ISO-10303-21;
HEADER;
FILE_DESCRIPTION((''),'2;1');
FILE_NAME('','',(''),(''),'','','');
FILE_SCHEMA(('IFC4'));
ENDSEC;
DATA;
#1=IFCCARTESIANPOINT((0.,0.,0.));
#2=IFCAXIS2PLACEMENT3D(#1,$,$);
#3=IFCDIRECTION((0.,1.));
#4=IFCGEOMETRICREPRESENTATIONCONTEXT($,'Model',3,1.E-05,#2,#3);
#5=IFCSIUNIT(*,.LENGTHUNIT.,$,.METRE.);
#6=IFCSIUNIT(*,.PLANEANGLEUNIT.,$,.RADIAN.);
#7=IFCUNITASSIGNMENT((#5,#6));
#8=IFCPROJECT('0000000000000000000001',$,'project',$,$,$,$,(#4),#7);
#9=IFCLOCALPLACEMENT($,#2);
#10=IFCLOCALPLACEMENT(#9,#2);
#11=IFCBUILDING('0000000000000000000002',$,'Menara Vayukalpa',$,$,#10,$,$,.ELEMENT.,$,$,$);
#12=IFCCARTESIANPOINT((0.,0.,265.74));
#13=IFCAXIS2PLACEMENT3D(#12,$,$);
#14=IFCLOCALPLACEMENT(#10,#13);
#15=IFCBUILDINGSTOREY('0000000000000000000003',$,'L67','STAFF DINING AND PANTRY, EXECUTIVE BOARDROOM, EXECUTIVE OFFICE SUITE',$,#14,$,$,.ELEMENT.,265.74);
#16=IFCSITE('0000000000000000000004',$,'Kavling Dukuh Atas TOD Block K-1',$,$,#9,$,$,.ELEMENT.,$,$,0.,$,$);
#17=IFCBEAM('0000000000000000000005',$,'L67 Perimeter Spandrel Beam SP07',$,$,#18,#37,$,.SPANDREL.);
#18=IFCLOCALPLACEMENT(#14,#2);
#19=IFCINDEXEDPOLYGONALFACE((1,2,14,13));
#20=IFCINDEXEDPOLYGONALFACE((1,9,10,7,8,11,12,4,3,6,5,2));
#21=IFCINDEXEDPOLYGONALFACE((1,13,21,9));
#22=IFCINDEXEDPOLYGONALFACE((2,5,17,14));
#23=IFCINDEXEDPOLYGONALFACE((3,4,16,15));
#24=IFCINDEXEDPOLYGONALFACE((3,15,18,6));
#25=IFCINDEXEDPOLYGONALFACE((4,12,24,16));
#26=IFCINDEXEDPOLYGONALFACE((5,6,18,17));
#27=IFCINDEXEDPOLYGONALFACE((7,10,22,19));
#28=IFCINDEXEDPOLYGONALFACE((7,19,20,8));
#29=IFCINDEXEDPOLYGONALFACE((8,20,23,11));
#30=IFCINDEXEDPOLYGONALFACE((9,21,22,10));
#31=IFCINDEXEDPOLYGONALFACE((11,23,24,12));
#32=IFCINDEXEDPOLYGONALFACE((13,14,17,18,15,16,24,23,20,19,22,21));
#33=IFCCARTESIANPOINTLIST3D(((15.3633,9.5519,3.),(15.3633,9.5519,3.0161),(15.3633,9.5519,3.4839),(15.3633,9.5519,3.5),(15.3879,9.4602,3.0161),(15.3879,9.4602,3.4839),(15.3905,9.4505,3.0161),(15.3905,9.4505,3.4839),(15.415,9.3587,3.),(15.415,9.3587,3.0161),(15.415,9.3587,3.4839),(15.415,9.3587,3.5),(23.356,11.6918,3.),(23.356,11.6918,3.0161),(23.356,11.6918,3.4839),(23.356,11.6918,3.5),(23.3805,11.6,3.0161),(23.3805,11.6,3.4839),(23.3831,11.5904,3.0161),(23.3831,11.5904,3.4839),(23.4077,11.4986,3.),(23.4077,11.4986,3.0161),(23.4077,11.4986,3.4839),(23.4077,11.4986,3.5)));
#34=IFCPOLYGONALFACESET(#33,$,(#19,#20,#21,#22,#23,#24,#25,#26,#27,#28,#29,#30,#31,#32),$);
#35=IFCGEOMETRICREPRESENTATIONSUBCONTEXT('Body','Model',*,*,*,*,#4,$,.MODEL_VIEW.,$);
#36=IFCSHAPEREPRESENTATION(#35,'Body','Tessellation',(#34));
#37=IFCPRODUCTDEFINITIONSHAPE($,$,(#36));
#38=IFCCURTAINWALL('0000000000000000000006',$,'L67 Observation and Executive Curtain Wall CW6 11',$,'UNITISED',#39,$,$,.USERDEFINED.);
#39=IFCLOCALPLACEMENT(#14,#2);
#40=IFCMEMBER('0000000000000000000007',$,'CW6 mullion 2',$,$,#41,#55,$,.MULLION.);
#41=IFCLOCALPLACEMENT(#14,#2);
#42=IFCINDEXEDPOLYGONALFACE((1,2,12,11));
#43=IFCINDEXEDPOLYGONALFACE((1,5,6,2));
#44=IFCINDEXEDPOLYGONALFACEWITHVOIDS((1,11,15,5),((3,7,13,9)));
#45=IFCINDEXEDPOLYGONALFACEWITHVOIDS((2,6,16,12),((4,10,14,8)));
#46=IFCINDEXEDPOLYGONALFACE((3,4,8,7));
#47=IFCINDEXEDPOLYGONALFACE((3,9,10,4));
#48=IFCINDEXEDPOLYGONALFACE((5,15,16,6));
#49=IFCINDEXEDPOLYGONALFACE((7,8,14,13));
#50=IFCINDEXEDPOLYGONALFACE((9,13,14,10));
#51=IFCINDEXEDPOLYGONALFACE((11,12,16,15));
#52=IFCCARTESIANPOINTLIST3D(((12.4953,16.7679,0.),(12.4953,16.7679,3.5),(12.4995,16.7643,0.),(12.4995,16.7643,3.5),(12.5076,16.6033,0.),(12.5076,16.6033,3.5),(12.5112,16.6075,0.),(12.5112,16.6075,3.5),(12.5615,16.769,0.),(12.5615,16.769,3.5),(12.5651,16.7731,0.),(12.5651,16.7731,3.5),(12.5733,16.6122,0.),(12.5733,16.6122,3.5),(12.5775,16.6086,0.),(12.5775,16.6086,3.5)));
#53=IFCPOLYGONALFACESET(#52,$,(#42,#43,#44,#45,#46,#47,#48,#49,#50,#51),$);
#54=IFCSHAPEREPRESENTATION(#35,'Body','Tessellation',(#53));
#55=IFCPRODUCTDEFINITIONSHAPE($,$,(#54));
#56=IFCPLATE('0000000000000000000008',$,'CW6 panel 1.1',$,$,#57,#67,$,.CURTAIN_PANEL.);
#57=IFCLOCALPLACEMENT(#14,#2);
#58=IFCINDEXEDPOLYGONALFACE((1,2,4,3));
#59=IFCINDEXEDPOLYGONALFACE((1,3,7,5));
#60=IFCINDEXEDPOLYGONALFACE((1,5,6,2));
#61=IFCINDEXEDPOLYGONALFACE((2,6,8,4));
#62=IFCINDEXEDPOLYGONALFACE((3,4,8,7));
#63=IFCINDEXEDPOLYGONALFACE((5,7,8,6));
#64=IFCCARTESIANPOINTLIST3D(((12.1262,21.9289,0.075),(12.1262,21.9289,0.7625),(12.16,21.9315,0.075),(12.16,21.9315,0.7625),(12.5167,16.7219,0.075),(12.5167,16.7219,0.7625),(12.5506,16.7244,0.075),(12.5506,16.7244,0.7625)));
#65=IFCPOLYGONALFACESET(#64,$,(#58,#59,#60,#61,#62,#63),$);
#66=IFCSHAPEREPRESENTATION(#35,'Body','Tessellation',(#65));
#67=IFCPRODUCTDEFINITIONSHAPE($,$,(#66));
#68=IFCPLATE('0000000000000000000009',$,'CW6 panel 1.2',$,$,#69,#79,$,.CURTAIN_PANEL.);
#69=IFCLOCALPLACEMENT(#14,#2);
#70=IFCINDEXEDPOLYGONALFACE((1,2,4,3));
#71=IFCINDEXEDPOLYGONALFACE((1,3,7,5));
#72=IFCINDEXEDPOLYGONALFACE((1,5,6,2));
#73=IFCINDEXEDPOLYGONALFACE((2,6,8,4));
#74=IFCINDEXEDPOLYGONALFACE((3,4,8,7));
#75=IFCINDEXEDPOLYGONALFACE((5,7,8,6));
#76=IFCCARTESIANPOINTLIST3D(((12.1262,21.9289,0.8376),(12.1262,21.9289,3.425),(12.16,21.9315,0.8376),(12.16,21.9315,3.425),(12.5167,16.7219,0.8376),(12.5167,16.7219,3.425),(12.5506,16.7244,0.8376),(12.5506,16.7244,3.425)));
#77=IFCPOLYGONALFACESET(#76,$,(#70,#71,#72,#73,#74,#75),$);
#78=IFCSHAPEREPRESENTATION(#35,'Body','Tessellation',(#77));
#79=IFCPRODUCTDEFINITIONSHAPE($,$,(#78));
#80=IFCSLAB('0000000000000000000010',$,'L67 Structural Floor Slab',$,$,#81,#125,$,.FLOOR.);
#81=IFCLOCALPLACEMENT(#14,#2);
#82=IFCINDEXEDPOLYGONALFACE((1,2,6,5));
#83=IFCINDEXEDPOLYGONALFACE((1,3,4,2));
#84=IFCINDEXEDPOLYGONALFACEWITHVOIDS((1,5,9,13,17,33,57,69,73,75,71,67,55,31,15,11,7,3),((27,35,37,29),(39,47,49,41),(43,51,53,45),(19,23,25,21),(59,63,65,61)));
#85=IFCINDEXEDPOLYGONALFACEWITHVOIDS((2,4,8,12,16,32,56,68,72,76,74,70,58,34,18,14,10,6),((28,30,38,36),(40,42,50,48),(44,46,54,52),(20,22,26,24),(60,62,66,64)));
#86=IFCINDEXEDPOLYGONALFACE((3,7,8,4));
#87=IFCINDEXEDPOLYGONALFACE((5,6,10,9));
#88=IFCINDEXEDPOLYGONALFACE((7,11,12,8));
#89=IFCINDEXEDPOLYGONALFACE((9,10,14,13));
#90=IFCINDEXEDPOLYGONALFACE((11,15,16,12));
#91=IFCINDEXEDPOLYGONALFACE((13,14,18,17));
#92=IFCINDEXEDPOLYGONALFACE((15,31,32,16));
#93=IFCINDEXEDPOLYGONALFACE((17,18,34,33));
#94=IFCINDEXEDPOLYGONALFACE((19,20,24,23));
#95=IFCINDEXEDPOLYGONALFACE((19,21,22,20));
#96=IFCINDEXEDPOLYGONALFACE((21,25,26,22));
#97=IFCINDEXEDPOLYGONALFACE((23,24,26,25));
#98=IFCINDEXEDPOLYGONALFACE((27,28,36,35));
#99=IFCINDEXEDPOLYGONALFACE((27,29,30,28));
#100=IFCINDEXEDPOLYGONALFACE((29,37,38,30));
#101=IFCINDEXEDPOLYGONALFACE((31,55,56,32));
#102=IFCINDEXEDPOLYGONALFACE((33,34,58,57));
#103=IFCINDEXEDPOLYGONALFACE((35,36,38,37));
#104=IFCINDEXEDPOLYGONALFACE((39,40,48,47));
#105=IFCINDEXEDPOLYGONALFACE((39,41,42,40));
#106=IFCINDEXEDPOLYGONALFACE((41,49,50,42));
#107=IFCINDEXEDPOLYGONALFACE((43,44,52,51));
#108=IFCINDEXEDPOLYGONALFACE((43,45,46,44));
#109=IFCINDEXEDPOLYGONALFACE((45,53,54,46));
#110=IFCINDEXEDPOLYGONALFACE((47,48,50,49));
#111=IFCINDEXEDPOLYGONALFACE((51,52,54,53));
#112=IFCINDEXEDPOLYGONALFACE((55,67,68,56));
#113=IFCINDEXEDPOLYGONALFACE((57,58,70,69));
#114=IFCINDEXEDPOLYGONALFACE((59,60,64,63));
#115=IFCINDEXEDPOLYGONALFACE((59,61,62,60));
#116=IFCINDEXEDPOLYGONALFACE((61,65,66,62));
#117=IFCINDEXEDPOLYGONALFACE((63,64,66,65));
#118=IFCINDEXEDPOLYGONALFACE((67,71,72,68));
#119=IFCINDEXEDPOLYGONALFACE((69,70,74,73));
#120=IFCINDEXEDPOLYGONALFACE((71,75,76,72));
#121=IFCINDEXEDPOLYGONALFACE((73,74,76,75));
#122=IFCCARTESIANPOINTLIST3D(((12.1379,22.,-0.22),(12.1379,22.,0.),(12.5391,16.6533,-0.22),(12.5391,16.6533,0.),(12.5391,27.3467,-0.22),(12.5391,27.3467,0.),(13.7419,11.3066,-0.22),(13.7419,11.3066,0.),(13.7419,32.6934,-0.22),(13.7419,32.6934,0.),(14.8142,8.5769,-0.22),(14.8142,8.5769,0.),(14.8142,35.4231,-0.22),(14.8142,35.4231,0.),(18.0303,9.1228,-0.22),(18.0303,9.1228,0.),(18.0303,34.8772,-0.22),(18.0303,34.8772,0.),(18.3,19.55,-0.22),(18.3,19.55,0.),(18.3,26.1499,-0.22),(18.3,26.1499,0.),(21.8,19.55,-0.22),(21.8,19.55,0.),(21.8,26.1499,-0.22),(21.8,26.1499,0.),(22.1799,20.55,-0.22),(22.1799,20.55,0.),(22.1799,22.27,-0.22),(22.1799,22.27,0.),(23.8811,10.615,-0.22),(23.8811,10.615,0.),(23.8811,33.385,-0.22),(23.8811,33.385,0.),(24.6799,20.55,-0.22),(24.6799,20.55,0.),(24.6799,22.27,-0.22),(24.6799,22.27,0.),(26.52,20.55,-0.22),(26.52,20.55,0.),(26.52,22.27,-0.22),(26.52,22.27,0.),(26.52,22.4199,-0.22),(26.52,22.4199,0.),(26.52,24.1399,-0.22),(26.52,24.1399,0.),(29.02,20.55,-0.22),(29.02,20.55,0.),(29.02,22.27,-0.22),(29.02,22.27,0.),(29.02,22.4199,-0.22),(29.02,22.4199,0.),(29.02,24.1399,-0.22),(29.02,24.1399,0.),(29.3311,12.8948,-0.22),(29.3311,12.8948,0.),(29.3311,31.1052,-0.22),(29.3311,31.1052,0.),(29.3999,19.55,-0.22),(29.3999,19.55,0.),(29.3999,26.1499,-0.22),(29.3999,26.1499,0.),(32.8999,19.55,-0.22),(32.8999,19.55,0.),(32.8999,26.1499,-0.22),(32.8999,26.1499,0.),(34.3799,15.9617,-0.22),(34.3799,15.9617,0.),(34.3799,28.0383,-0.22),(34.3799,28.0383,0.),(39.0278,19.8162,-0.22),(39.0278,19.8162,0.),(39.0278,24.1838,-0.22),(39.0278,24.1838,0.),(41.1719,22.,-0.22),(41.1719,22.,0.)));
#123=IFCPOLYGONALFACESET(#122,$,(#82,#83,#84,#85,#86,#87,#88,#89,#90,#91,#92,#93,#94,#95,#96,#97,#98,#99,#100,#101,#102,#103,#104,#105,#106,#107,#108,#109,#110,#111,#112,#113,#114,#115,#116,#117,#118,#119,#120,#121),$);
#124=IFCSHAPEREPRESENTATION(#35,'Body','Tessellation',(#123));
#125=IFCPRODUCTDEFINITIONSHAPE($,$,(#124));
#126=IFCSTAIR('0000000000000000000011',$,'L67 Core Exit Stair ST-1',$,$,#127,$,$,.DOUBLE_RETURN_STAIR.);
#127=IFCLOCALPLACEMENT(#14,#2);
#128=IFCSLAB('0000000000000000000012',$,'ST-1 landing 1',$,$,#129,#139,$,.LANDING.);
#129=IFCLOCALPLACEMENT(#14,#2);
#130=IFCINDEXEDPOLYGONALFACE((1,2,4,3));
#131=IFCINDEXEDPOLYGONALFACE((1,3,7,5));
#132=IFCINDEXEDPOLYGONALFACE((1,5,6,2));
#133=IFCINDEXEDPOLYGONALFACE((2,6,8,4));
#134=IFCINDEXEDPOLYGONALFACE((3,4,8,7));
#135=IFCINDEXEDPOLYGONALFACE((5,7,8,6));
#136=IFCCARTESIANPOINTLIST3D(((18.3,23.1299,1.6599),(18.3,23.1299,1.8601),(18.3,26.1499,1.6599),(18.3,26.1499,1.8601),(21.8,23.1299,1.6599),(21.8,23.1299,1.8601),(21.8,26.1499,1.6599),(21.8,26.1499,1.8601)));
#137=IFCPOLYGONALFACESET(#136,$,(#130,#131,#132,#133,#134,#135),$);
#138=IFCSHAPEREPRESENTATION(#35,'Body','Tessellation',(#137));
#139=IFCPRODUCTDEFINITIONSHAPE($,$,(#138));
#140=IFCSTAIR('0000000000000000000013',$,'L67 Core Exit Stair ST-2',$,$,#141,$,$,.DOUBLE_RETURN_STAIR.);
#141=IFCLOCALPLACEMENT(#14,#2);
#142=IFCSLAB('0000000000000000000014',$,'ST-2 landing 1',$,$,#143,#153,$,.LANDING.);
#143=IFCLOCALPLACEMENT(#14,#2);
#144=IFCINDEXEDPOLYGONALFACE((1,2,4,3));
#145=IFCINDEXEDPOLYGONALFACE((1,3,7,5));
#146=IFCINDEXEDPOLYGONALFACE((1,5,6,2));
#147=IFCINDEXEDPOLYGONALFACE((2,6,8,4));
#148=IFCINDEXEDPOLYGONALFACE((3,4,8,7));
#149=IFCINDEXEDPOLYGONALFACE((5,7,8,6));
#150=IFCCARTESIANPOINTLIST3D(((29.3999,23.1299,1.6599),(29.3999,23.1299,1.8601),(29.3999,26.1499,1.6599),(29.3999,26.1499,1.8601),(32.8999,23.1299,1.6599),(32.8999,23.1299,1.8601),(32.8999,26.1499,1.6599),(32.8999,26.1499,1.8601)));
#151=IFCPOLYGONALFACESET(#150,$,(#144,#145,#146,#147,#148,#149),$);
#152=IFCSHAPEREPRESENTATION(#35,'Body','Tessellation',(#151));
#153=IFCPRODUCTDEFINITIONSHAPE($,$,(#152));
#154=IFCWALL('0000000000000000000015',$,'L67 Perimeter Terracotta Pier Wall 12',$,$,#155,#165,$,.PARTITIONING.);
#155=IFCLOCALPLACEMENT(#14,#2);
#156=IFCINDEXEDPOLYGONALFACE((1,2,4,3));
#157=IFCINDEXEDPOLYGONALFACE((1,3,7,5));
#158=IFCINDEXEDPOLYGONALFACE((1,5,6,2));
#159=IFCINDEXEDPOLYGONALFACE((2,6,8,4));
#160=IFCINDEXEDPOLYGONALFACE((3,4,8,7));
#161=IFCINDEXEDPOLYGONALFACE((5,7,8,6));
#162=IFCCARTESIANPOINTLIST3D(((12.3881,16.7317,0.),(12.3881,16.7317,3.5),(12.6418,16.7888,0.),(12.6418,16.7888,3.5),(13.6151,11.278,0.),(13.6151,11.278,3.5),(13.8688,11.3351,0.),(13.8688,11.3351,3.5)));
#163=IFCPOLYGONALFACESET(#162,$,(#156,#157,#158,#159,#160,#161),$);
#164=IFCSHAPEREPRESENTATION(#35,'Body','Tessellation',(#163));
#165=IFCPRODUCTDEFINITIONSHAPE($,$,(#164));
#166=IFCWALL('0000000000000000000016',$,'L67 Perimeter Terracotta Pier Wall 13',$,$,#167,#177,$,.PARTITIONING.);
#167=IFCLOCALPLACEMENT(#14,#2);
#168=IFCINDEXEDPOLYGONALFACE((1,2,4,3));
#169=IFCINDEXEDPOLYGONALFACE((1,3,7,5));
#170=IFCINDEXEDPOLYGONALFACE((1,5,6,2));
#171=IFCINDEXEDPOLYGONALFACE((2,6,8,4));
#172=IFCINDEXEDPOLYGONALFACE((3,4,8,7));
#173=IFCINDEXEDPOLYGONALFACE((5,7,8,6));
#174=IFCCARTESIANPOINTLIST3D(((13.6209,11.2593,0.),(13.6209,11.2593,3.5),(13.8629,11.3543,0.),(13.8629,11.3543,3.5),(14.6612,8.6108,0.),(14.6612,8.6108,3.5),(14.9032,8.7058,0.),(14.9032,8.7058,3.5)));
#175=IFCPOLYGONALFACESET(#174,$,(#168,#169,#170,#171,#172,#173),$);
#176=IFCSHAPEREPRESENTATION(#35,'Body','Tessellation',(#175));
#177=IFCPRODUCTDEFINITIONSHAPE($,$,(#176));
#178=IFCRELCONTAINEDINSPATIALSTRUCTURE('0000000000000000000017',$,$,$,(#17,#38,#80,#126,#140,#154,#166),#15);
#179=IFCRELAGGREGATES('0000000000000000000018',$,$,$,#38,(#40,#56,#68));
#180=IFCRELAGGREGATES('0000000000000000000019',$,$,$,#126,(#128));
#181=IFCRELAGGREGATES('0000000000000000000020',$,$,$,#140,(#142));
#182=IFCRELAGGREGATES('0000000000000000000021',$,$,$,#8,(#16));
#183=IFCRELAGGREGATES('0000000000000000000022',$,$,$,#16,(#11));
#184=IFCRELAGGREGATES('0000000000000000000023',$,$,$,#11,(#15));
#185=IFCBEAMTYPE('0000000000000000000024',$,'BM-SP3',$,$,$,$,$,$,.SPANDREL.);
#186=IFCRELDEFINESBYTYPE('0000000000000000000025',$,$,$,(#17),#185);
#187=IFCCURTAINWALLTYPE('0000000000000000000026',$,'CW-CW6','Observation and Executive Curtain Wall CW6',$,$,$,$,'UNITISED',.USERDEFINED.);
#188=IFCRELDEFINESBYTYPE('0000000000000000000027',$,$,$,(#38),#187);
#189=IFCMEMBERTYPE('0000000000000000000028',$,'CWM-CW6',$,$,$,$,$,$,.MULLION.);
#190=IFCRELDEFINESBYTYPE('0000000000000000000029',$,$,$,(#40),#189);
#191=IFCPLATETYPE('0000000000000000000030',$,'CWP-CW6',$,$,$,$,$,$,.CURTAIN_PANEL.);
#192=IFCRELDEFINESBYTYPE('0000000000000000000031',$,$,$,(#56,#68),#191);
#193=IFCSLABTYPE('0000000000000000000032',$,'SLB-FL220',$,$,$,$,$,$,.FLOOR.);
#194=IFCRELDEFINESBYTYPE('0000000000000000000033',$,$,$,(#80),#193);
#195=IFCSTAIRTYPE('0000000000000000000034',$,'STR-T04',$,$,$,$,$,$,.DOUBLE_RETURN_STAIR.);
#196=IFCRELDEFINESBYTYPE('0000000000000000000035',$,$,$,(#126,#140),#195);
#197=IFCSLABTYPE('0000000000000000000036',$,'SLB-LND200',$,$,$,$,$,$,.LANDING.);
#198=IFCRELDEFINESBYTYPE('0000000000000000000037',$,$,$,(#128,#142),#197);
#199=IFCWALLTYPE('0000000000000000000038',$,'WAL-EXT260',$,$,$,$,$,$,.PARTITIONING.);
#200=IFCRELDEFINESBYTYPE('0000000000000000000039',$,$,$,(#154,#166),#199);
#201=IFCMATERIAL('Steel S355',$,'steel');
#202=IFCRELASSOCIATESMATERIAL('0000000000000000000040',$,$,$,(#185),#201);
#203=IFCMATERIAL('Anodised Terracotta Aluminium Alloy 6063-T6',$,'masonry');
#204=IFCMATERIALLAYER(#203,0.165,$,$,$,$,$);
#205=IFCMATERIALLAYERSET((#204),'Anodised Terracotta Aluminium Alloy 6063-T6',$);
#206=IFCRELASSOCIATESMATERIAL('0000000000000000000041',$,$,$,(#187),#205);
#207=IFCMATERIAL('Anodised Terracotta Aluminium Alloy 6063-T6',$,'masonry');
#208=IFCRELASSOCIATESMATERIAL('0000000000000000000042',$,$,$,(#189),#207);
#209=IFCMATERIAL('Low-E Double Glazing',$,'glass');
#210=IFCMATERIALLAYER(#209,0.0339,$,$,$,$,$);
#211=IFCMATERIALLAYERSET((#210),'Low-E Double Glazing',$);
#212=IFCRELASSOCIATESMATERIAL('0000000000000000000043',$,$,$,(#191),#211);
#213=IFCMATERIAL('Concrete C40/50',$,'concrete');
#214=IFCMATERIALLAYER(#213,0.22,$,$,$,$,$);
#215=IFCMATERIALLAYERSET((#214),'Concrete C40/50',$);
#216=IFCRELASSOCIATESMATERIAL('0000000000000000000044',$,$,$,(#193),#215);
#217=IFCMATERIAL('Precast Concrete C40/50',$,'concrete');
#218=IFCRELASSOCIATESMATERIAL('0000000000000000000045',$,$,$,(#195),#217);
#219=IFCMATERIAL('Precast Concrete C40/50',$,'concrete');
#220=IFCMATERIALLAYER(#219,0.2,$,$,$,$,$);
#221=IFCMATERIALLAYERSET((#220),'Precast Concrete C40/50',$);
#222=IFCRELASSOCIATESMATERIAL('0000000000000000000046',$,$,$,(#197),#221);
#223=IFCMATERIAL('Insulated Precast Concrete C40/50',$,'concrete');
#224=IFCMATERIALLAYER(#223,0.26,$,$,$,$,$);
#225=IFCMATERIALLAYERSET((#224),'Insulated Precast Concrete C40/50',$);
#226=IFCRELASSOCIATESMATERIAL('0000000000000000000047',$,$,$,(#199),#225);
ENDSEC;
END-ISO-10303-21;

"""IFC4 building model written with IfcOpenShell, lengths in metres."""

from ifc_helpers import new_model, si_unit, direction, frame, frame_2d, origin, origin_2d, place, context, subcontext, project, spatial, polyline, rectangle, hollow_rectangle, i_section, outline, extrude, material, layer, layer_set, material_profile, profile_set, type_object, element, aggregate, save


model = new_model("IFC4")

# Units and contexts
model_context = context("Model", 3, precision=1e-05, world=origin(), true_north=direction((0.0, 1.0)))
body_context = subcontext(model_context, "Body", "Model", "MODEL_VIEW")
ifc_project = project(units=[si_unit("LENGTHUNIT", "METRE"), si_unit("PLANEANGLEUNIT", "RADIAN")], contexts=[model_context])

# Site, building, storey
site_placement = place(None, origin())
site = spatial("IfcSite", under=ifc_project, at=site_placement, Name="Kavling Dukuh Atas TOD Block K-1", CompositionType="ELEMENT", RefElevation=0.0)
building_placement = place(site_placement, origin())
building = spatial("IfcBuilding", under=site, at=building_placement, Name="Menara Vayukalpa", CompositionType="ELEMENT")
storey_placement = place(building_placement, frame((0.0, 0.0, 265.74)))
storey = spatial("IfcBuildingStorey", under=building, at=storey_placement, Name="L67", Description="STAFF DINING AND PANTRY, EXECUTIVE BOARDROOM, EXECUTIVE OFFICE SUITE", CompositionType="ELEMENT", Elevation=265.74)

# Beam
ifc_material_1 = material(Name="Steel S355", Category="steel")
ifc_material_profile_1 = material_profile(ifc_material_1, i_section(OverallWidth=0.2, OverallDepth=0.5, WebThickness=0.01, FlangeThickness=0.0161, at=origin_2d()), Name="WF 500x200x10x16")
ifc_profile_set_1 = profile_set([ifc_material_profile_1], Name="Steel S355")
beam_type_1 = type_object("IfcBeamType", Name="BM-SP3", PredefinedType="SPANDREL", material=ifc_profile_set_1)
beam_1_placement = place(storey_placement, frame((15.3892, 9.4553, 3.25), z_axis=(0.965978, 0.258623, 0.0), x_axis=(-0.258623, 0.965978, 0.0)))
element("IfcBeam", 1, at=beam_1_placement, inside=storey, type_object=beam_type_1, Name="L67 Perimeter Spandrel Beam SP07", PredefinedType="SPANDREL", context=body_context, shape_type="SweptSolid", body=[
    extrude(i_section(OverallWidth=0.2, OverallDepth=0.5, WebThickness=0.01, FlangeThickness=0.0161, at=origin_2d()), origin(), (0.0, 0.0, 1.0), 8.2742),
])

# Curtain wall, member, plates
ifc_material_2 = material(Name="Anodised Terracotta Aluminium Alloy 6063-T6", Category="masonry")
ifc_layer_1 = layer(ifc_material_2, 0.165)
ifc_layer_set_1 = layer_set([ifc_layer_1], Name="Anodised Terracotta Aluminium Alloy 6063-T6")
curtain_wall_type = type_object("IfcCurtainWallType", Name="CW-CW6", Description="Observation and Executive Curtain Wall CW6", ElementType="UNITISED", PredefinedType="USERDEFINED", material=ifc_layer_set_1)
curtain_wall_placement = place(storey_placement, origin())
curtain_wall = element("IfcCurtainWall", 2, at=curtain_wall_placement, inside=storey, type_object=curtain_wall_type, Name="L67 Observation and Executive Curtain Wall CW6 11", ObjectType="UNITISED", PredefinedType="USERDEFINED")
ifc_material_3 = material(Name="Anodised Terracotta Aluminium Alloy 6063-T6", Category="masonry")
ifc_material_profile_2 = material_profile(ifc_material_3, hollow_rectangle(XDim=0.0701, YDim=0.165, WallThickness=0.0039, at=origin_2d()), Name="ALU 70x165x4")
ifc_profile_set_2 = profile_set([ifc_material_profile_2], Name="Anodised Terracotta Aluminium Alloy 6063-T6")
member_type = type_object("IfcMemberType", Name="CWM-CW6", PredefinedType="MULLION", material=ifc_profile_set_2)
member_placement = place(storey_placement, frame((12.5364, 16.6882, 0.0), z_axis=(0.0, 0.0, 1.0), x_axis=(0.997199, 0.074789, 0.0)))
member = element("IfcMember", 3, at=member_placement, type_object=member_type, Name="CW6 mullion 2", PredefinedType="MULLION", context=body_context, shape_type="SweptSolid", body=[
    extrude(hollow_rectangle(XDim=0.0701, YDim=0.165, WallThickness=0.0039, at=origin_2d()), origin(), (0.0, 0.0, 1.0), 3.5),
])
ifc_material_4 = material(Name="Low-E Double Glazing", Category="glass")
ifc_layer_2 = layer(ifc_material_4, 0.0339)
ifc_layer_set_2 = layer_set([ifc_layer_2], Name="Low-E Double Glazing")
plate_type = type_object("IfcPlateType", Name="CWP-CW6", PredefinedType="CURTAIN_PANEL", material=ifc_layer_set_2)
plate_1_placement = place(storey_placement, frame((12.3384, 19.3267, 0.075), z_axis=(0.0, 0.0, 1.0), x_axis=(0.074789, -0.997199, 0.0)))
plate_1 = element("IfcPlate", 4, at=plate_1_placement, type_object=plate_type, Name="CW6 panel 1.1", PredefinedType="CURTAIN_PANEL", context=body_context, shape_type="SweptSolid", body=[
    extrude(rectangle(XDim=5.2217, YDim=0.0339, at=origin_2d()), origin(), (0.0, 0.0, 1.0), 0.6875),
])
plate_2_placement = place(storey_placement, frame((12.3384, 19.3267, 0.8376), z_axis=(0.0, 0.0, 1.0), x_axis=(0.074789, -0.997199, 0.0)))
plate_2 = element("IfcPlate", 5, at=plate_2_placement, type_object=plate_type, Name="CW6 panel 1.2", PredefinedType="CURTAIN_PANEL", context=body_context, shape_type="SweptSolid", body=[
    extrude(rectangle(XDim=5.2217, YDim=0.0339, at=origin_2d()), origin(), (0.0, 0.0, 1.0), 2.5874),
])
aggregate(curtain_wall, [member, plate_1, plate_2])

# Slab
ifc_material_5 = material(Name="Concrete C40/50", Category="concrete")
ifc_layer_3 = layer(ifc_material_5, 0.22)
ifc_layer_set_3 = layer_set([ifc_layer_3], Name="Concrete C40/50")
slab_type_1 = type_object("IfcSlabType", Name="SLB-FL220", PredefinedType="FLOOR", material=ifc_layer_set_3)
slab_1_placement = place(storey_placement, frame((0.0, 0.0, -0.22)))
element("IfcSlab", 6, at=slab_1_placement, inside=storey, type_object=slab_type_1, Name="L67 Structural Floor Slab", PredefinedType="FLOOR", context=body_context, shape_type="SweptSolid", body=[
    extrude(outline(polyline([(39.0278, 19.8162), (41.1719, 22.0), (39.0278, 24.1838), (34.3799, 28.0383), (29.3311, 31.1052), (23.8811, 33.385), (18.0303, 34.8772), (14.8142, 35.4231), (13.7419, 32.6934), (12.5391, 27.3467), (12.1379, 22.0), (12.5391, 16.6533), (13.7419, 11.3066), (14.8142, 8.5769), (18.0303, 9.1228), (23.8811, 10.615), (29.3311, 12.8948), (34.3799, 15.9617), (39.0278, 19.8162)]), holes=[polyline([(21.8, 19.55), (21.8, 26.1499), (18.3, 26.1499), (18.3, 19.55), (21.8, 19.55)]), polyline([(32.8999, 19.55), (32.8999, 26.1499), (29.3999, 26.1499), (29.3999, 19.55), (32.8999, 19.55)]), polyline([(22.1799, 20.55), (24.6799, 20.55), (24.6799, 22.27), (22.1799, 22.27), (22.1799, 20.55)]), polyline([(26.52, 20.55), (29.02, 20.55), (29.02, 22.27), (26.52, 22.27), (26.52, 20.55)]), polyline([(26.52, 22.4199), (29.02, 22.4199), (29.02, 24.1399), (26.52, 24.1399), (26.52, 22.4199)])]), origin(), (0.0, 0.0, 1.0), 0.22),
])

# Stairs, slabs
ifc_material_6 = material(Name="Precast Concrete C40/50", Category="concrete")
stair_type = type_object("IfcStairType", Name="STR-T04", PredefinedType="DOUBLE_RETURN_STAIR", material=ifc_material_6)
stair_1_placement = place(storey_placement, origin())
stair_1 = element("IfcStair", 7, at=stair_1_placement, inside=storey, type_object=stair_type, Name="L67 Core Exit Stair ST-1", PredefinedType="DOUBLE_RETURN_STAIR")
ifc_material_7 = material(Name="Precast Concrete C40/50", Category="concrete")
ifc_layer_4 = layer(ifc_material_7, 0.2)
ifc_layer_set_4 = layer_set([ifc_layer_4], Name="Precast Concrete C40/50")
slab_type_2 = type_object("IfcSlabType", Name="SLB-LND200", PredefinedType="LANDING", material=ifc_layer_set_4)
slab_2_placement = place(storey_placement, frame((0.0, 0.0, 1.6599)))
slab_2 = element("IfcSlab", 8, at=slab_2_placement, type_object=slab_type_2, Name="ST-1 landing 1", PredefinedType="LANDING", context=body_context, shape_type="SweptSolid", body=[
    extrude(outline(polyline([(21.8, 23.1299), (21.8, 26.1499), (18.3, 26.1499), (18.3, 23.1299), (21.8, 23.1299)])), origin(), (0.0, 0.0, 1.0), 0.2002),
])
aggregate(stair_1, [slab_2])
stair_2_placement = place(storey_placement, origin())
stair_2 = element("IfcStair", 9, at=stair_2_placement, inside=storey, type_object=stair_type, Name="L67 Core Exit Stair ST-2", PredefinedType="DOUBLE_RETURN_STAIR")
slab_3_placement = place(storey_placement, frame((0.0, 0.0, 1.6599)))
slab_3 = element("IfcSlab", 10, at=slab_3_placement, type_object=slab_type_2, Name="ST-2 landing 1", PredefinedType="LANDING", context=body_context, shape_type="SweptSolid", body=[
    extrude(outline(polyline([(32.8999, 23.1299), (32.8999, 26.1499), (29.3999, 26.1499), (29.3999, 23.1299), (32.8999, 23.1299)])), origin(), (0.0, 0.0, 1.0), 0.2002),
])
aggregate(stair_2, [slab_3])

# Walls
ifc_material_8 = material(Name="Insulated Precast Concrete C40/50", Category="concrete")
ifc_layer_5 = layer(ifc_material_8, 0.26)
ifc_layer_set_5 = layer_set([ifc_layer_5], Name="Insulated Precast Concrete C40/50")
wall_type_1 = type_object("IfcWallType", Name="WAL-EXT260", PredefinedType="PARTITIONING", material=ifc_layer_set_5)
wall_1_placement = place(storey_placement, frame((13.7419, 11.3066, 0.0), z_axis=(0.0, 0.0, 1.0), x_axis=(-0.219501, 0.975612, 0.0)))
element("IfcWall", 11, at=wall_1_placement, inside=storey, type_object=wall_type_1, Name="L67 Perimeter Terracotta Pier Wall 12", PredefinedType="PARTITIONING", context=body_context, shape_type="SweptSolid", body=[
    extrude(rectangle(XDim=5.5901, YDim=0.26, at=frame_2d((2.7949, 0.0))), origin(), (0.0, 0.0, 1.0), 3.5),
])
wall_2_placement = place(storey_placement, frame((14.7822, 8.6582, 0.0), z_axis=(0.0, 0.0, 1.0), x_axis=(-0.365599, 0.930772, 0.0)))
element("IfcWall", 12, at=wall_2_placement, inside=storey, type_object=wall_type_1, Name="L67 Perimeter Terracotta Pier Wall 13", PredefinedType="PARTITIONING", context=body_context, shape_type="SweptSolid", body=[
    extrude(rectangle(XDim=2.8455, YDim=0.26, at=frame_2d((1.4229, 0.0))), origin(), (0.0, 0.0, 1.0), 3.5),
])

save(model, "model.ifc")
